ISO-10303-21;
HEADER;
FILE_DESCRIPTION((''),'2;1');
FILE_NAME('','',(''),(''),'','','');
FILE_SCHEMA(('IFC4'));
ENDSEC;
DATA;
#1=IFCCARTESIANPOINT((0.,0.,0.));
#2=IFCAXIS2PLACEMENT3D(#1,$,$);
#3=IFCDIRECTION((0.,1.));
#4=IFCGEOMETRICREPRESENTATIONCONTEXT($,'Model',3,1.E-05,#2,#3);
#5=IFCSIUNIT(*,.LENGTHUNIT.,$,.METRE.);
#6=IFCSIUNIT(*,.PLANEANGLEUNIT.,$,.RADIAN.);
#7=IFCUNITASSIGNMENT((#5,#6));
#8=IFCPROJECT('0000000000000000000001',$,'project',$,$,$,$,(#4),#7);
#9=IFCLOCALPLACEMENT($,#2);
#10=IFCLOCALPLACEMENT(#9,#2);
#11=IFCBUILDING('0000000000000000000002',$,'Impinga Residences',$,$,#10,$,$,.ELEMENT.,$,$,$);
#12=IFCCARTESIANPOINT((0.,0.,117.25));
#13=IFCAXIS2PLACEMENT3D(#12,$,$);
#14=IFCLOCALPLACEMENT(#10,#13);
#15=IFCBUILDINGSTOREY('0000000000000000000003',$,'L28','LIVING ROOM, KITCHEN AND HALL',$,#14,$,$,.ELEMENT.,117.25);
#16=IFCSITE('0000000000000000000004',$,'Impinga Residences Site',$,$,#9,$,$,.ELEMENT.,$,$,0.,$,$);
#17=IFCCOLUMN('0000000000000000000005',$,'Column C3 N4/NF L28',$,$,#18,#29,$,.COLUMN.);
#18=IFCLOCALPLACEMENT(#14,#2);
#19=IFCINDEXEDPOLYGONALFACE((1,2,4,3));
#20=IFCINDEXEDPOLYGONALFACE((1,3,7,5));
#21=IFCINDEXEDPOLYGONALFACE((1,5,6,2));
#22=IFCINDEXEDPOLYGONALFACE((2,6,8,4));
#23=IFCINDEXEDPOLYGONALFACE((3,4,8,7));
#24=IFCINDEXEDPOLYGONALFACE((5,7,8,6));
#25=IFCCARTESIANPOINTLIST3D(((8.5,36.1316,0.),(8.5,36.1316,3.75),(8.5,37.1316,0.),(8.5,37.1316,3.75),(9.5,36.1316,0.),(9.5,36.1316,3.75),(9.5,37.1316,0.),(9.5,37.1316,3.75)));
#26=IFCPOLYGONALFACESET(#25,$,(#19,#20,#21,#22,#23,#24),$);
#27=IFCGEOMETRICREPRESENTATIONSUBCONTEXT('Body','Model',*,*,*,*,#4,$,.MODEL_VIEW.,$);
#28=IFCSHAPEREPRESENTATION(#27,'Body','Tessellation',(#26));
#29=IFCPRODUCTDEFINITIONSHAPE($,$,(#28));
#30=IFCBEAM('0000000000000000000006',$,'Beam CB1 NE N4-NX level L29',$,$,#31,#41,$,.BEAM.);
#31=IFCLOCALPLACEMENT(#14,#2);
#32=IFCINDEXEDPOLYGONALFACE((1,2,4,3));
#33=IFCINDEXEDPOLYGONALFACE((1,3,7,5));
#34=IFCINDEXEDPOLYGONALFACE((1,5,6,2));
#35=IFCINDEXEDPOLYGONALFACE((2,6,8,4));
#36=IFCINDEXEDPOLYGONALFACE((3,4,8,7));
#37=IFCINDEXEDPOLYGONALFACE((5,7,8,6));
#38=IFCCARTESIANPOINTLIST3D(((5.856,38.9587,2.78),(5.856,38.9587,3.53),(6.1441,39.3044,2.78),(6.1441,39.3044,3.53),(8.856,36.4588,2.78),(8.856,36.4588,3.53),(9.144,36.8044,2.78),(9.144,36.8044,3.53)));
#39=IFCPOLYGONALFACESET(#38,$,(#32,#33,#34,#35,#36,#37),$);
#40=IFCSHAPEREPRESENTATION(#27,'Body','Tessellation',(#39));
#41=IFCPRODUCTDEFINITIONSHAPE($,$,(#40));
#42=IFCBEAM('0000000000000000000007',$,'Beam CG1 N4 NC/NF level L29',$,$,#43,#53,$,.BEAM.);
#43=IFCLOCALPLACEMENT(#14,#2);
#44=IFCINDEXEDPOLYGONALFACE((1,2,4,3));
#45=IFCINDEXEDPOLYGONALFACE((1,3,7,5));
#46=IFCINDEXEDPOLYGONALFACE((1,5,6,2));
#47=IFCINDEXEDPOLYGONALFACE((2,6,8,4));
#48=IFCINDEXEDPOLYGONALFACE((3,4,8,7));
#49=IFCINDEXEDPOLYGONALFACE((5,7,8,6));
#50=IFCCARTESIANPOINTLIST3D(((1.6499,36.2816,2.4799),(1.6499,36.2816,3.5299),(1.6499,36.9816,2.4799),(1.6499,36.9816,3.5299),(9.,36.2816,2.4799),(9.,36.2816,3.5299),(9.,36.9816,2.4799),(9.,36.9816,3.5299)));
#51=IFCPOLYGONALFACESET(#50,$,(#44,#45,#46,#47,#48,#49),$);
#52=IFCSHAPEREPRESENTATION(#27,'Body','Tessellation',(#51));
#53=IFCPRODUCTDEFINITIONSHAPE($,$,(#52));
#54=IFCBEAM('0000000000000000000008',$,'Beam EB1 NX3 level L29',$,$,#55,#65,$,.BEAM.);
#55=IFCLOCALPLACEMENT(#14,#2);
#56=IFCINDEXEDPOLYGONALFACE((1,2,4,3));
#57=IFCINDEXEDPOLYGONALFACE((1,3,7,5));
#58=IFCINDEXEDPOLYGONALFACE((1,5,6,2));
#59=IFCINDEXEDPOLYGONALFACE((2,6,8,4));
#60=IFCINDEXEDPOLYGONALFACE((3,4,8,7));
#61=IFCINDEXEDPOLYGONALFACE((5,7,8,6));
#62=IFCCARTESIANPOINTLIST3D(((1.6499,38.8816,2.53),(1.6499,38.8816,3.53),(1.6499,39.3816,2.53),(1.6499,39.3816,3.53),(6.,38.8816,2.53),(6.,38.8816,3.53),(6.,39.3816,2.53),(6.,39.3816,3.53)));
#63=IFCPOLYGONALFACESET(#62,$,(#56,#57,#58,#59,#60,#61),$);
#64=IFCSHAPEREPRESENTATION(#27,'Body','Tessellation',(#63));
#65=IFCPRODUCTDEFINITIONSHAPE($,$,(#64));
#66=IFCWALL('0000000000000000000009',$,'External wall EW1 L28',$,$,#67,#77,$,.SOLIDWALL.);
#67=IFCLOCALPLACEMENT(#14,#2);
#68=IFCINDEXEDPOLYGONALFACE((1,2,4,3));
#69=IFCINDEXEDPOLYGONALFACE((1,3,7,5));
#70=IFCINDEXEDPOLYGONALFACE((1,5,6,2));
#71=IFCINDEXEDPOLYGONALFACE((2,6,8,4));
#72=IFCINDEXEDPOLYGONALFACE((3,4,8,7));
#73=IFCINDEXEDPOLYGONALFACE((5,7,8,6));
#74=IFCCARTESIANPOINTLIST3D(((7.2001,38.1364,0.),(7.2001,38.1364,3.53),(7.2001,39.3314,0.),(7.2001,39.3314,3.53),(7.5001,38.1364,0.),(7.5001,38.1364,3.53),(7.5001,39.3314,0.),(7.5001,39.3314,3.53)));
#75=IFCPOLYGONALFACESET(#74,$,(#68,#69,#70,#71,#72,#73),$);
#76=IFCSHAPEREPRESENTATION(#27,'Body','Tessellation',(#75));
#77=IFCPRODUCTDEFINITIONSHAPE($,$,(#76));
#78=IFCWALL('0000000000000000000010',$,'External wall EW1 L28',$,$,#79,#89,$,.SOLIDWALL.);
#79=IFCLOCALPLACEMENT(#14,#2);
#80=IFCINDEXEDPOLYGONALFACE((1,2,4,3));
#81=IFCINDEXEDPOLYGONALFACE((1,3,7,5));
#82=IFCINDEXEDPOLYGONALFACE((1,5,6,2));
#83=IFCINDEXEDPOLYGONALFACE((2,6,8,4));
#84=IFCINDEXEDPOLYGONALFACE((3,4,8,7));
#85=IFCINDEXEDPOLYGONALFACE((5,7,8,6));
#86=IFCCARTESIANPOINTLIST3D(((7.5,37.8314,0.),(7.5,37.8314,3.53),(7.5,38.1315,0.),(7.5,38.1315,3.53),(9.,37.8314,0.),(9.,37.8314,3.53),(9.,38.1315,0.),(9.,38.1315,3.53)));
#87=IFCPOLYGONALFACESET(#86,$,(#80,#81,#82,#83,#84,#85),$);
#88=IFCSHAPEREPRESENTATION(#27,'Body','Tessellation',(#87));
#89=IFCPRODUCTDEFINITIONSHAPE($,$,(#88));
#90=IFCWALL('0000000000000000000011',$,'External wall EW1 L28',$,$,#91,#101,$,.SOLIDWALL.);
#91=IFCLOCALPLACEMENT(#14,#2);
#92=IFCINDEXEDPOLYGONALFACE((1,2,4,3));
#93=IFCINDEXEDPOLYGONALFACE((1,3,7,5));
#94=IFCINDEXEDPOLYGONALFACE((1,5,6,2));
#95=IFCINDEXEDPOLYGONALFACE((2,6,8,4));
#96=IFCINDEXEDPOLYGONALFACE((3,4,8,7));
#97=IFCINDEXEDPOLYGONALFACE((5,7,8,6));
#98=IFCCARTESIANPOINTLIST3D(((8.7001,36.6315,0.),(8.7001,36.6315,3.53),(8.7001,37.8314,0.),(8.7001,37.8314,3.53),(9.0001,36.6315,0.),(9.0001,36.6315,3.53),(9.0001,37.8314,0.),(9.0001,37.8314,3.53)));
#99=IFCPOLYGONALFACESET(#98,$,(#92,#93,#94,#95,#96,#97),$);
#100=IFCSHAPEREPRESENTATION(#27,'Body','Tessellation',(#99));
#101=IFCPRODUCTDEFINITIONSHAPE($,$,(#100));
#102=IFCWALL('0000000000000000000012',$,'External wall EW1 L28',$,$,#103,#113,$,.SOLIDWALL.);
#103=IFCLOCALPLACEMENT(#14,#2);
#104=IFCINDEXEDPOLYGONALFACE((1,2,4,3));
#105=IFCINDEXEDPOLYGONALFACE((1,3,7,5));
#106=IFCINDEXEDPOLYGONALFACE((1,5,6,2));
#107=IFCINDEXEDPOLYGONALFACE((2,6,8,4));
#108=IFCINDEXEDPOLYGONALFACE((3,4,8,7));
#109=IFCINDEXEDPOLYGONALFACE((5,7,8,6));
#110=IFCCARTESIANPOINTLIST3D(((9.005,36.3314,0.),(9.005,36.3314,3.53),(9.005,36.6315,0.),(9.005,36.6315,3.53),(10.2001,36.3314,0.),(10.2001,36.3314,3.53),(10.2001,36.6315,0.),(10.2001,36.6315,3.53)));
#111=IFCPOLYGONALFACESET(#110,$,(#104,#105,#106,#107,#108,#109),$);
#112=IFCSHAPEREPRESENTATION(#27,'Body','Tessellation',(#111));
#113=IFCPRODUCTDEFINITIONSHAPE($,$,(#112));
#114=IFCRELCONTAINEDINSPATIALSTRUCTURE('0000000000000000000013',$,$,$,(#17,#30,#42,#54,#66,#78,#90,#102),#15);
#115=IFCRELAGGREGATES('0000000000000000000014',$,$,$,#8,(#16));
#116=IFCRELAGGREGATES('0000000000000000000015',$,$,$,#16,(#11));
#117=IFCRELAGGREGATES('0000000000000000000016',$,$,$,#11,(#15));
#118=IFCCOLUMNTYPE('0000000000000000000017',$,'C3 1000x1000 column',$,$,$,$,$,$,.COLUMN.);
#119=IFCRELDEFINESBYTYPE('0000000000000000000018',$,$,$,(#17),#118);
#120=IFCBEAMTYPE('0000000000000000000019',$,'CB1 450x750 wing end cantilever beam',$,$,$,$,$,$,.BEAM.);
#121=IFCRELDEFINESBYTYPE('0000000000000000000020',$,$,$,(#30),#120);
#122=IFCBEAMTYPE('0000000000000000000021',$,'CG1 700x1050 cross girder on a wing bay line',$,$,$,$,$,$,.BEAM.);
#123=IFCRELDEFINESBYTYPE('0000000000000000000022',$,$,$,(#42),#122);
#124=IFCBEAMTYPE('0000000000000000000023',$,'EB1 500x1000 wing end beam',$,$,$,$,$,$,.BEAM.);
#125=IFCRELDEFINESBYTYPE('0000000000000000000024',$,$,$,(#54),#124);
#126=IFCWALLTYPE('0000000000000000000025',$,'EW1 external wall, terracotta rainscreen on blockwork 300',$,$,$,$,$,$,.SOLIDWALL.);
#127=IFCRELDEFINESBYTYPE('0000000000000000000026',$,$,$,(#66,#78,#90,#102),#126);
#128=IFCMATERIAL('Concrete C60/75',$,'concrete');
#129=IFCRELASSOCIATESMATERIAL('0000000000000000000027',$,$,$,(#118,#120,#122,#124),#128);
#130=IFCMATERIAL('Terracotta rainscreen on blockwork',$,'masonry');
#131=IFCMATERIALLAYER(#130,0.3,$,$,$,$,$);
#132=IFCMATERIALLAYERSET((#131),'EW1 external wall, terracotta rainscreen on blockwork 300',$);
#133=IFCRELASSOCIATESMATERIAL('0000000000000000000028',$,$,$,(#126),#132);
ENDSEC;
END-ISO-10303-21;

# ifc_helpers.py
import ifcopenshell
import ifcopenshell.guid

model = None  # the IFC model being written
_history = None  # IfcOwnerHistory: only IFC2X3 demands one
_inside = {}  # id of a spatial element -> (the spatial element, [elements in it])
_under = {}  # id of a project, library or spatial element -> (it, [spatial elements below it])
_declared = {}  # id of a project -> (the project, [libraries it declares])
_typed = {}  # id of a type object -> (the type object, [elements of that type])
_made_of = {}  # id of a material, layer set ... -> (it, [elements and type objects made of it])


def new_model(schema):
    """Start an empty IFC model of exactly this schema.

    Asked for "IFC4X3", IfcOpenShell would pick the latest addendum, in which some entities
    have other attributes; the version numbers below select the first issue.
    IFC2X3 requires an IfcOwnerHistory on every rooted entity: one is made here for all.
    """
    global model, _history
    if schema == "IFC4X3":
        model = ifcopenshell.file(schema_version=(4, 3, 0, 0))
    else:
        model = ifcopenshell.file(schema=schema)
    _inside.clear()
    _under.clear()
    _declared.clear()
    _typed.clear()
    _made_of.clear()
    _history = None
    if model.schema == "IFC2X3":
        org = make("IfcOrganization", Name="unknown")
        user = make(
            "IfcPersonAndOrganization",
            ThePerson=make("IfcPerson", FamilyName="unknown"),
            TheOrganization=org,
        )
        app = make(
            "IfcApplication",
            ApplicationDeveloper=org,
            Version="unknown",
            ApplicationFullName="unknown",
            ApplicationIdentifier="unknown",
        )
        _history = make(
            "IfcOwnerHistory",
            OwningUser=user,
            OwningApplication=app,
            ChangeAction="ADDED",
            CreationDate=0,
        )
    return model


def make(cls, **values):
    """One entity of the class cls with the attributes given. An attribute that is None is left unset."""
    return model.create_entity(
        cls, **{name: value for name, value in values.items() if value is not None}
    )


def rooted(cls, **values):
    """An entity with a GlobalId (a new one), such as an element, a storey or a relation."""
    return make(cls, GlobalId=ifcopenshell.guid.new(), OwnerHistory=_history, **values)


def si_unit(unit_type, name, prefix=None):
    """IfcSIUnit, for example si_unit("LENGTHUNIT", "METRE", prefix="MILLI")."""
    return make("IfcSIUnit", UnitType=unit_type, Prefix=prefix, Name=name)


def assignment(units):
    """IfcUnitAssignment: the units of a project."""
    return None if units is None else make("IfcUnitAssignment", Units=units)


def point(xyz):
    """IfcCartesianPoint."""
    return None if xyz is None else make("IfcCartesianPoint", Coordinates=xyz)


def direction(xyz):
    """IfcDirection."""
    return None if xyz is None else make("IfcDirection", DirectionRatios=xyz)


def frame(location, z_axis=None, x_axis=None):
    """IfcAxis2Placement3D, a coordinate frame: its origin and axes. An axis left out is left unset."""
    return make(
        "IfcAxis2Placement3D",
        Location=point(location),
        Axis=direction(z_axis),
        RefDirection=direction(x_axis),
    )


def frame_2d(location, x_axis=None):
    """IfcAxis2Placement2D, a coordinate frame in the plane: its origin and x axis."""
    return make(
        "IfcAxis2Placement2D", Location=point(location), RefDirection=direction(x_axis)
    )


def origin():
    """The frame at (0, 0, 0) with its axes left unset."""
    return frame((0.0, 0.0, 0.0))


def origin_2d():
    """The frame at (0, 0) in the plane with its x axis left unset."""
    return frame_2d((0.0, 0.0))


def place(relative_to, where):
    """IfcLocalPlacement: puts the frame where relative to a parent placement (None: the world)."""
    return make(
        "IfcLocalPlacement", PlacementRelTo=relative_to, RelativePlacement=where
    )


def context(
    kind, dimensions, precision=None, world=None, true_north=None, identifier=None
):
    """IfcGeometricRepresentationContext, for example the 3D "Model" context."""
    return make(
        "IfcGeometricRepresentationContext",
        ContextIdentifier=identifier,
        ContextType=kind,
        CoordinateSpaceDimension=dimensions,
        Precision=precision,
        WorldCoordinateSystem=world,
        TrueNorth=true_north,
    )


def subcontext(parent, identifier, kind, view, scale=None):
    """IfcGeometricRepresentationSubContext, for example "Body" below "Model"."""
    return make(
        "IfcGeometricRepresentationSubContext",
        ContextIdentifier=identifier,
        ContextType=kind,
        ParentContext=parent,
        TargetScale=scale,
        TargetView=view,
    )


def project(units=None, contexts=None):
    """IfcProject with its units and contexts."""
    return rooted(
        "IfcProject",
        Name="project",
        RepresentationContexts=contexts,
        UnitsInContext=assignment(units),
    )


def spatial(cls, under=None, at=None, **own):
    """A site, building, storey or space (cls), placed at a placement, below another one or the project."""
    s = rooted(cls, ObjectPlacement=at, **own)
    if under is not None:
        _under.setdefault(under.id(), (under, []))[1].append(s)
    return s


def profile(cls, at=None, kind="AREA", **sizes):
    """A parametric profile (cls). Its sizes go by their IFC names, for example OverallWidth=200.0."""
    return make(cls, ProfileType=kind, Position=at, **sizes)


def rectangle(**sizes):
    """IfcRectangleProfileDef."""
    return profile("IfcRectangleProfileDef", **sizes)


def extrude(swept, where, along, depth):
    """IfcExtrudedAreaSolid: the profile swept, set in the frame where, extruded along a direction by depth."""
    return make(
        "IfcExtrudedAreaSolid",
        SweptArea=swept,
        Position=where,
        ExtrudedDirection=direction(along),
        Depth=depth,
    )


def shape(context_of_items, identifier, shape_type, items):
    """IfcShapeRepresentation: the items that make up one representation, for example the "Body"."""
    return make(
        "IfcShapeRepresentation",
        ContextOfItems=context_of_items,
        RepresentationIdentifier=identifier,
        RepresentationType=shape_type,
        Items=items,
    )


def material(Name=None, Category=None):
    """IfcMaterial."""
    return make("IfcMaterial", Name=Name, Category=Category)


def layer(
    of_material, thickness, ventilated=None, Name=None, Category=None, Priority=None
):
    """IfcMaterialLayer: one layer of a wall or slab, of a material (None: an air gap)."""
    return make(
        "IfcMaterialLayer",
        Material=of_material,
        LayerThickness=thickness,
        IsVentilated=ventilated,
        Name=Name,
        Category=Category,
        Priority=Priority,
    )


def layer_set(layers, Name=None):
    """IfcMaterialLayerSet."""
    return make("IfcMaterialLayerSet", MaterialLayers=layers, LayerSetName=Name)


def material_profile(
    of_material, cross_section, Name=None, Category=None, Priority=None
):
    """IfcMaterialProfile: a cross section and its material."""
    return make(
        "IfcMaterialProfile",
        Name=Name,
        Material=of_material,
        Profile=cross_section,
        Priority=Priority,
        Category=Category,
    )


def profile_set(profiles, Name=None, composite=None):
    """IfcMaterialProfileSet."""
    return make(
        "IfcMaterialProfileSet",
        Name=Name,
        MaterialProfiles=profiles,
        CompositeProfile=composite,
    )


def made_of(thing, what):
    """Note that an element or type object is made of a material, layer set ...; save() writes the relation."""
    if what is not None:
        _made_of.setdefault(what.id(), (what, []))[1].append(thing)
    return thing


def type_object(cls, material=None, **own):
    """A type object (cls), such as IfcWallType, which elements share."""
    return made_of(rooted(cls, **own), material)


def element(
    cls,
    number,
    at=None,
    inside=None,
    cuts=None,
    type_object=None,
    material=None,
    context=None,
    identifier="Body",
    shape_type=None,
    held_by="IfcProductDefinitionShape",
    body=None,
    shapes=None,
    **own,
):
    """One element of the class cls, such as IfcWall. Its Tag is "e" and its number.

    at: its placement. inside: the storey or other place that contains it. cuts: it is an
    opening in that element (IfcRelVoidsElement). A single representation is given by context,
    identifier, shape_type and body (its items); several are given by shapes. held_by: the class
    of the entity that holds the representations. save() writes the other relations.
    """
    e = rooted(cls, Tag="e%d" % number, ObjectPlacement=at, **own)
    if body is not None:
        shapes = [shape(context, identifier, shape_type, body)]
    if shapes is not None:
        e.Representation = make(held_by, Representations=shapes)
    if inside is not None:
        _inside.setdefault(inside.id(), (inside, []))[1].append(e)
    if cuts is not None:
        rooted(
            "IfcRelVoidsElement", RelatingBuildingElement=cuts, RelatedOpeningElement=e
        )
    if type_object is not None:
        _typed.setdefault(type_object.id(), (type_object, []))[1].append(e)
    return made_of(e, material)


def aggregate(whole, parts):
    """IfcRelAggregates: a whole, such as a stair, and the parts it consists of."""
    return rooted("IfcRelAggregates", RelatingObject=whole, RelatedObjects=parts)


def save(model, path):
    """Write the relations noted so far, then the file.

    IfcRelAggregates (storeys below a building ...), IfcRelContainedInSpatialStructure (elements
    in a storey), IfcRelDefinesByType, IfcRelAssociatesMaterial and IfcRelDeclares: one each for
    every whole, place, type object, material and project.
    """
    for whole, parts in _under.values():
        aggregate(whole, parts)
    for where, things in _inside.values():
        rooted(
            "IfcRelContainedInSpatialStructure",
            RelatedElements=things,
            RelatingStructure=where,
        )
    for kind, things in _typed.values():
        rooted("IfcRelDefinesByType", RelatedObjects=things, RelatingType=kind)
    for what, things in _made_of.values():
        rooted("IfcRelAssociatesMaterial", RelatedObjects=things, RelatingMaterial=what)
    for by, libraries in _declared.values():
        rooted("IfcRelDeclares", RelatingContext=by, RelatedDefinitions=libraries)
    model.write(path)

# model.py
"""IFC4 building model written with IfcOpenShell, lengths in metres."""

from ifc_helpers import new_model, si_unit, direction, frame, frame_2d, origin, origin_2d, place, context, subcontext, project, spatial, rectangle, extrude, material, layer, layer_set, material_profile, profile_set, type_object, element, save


model = new_model("IFC4")

# Units and contexts
model_context = context("Model", 3, precision=1e-05, world=origin(), true_north=direction((0.0, 1.0)))
body_context = subcontext(model_context, "Body", "Model", "MODEL_VIEW")
ifc_project = project(units=[si_unit("LENGTHUNIT", "METRE"), si_unit("PLANEANGLEUNIT", "RADIAN")], contexts=[model_context])

# Site, building, storey
site_placement = place(None, origin())
site = spatial("IfcSite", under=ifc_project, at=site_placement, Name="Impinga Residences Site", CompositionType="ELEMENT", RefElevation=0.0)
building_placement = place(site_placement, origin())
building = spatial("IfcBuilding", under=site, at=building_placement, Name="Impinga Residences", CompositionType="ELEMENT")
storey_placement = place(building_placement, frame((0.0, 0.0, 117.25)))
storey = spatial("IfcBuildingStorey", under=building, at=storey_placement, Name="L28", Description="LIVING ROOM, KITCHEN AND HALL", CompositionType="ELEMENT", Elevation=117.25)

# Column
ifc_material_1 = material(Name="Concrete C60/75", Category="concrete")
ifc_material_profile_1 = material_profile(ifc_material_1, rectangle(XDim=1.0, YDim=1.0, at=origin_2d()), Name="RC 1000x1000")
ifc_profile_set_1 = profile_set([ifc_material_profile_1], Name="Concrete C60/75")
column_type = type_object("IfcColumnType", Name="C3 1000x1000 column", PredefinedType="COLUMN", material=ifc_profile_set_1)
column_placement = place(storey_placement, frame((9.0, 36.6316, 0.0), z_axis=(0.0, 0.0, 1.0), x_axis=(1.0, 0.0, 0.0)))
element("IfcColumn", 1, at=column_placement, inside=storey, type_object=column_type, Name="Column C3 N4/NF L28", PredefinedType="COLUMN", context=body_context, shape_type="SweptSolid", body=[
    extrude(rectangle(XDim=1.0, YDim=1.0, at=origin_2d()), origin(), (0.0, 0.0, 1.0), 3.75),
])

# Beams
ifc_material_profile_2 = material_profile(ifc_material_1, rectangle(XDim=0.45, YDim=0.75, at=origin_2d()), Name="RC 450x750")
ifc_profile_set_2 = profile_set([ifc_material_profile_2], Name="Concrete C60/75")
beam_type_1 = type_object("IfcBeamType", Name="CB1 450x750 wing end cantilever beam", PredefinedType="BEAM", material=ifc_profile_set_2)
beam_1_placement = place(storey_placement, frame((9.0, 36.6316, 3.155), z_axis=(-0.768221, 0.640184, 0.0), x_axis=(-0.640184, -0.768221, 0.0)))
element("IfcBeam", 2, at=beam_1_placement, inside=storey, type_object=beam_type_1, Name="Beam CB1 NE N4-NX level L29", PredefinedType="BEAM", context=body_context, shape_type="SweptSolid", body=[
    extrude(rectangle(XDim=0.45, YDim=0.75, at=origin_2d()), origin(), (0.0, 0.0, 1.0), 3.905),
])
ifc_material_profile_3 = material_profile(ifc_material_1, rectangle(XDim=0.7, YDim=1.05, at=origin_2d()), Name="RC 700x1050")
ifc_profile_set_3 = profile_set([ifc_material_profile_3], Name="Concrete C60/75")
beam_type_2 = type_object("IfcBeamType", Name="CG1 700x1050 cross girder on a wing bay line", PredefinedType="BEAM", material=ifc_profile_set_3)
beam_2_placement = place(storey_placement, frame((1.6499, 36.6316, 3.0049), z_axis=(1.0, 0.0, 0.0), x_axis=(0.0, 1.0, 0.0)))
element("IfcBeam", 3, at=beam_2_placement, inside=storey, type_object=beam_type_2, Name="Beam CG1 N4 NC/NF level L29", PredefinedType="BEAM", context=body_context, shape_type="SweptSolid", body=[
    extrude(rectangle(XDim=0.7, YDim=1.05, at=origin_2d()), origin(), (0.0, 0.0, 1.0), 7.3501),
])
ifc_material_profile_4 = material_profile(ifc_material_1, rectangle(XDim=0.5, YDim=1.0, at=origin_2d()), Name="RC 500x1000")
ifc_profile_set_4 = profile_set([ifc_material_profile_4], Name="Concrete C60/75")
beam_type_3 = type_object("IfcBeamType", Name="EB1 500x1000 wing end beam", PredefinedType="BEAM", material=ifc_profile_set_4)
beam_3_placement = place(storey_placement, frame((1.6499, 39.1316, 3.03), z_axis=(1.0, 0.0, 0.0), x_axis=(0.0, 1.0, 0.0)))
element("IfcBeam", 4, at=beam_3_placement, inside=storey, type_object=beam_type_3, Name="Beam EB1 NX3 level L29", PredefinedType="BEAM", context=body_context, shape_type="SweptSolid", body=[
    extrude(rectangle(XDim=0.5, YDim=1.0, at=origin_2d()), origin(), (0.0, 0.0, 1.0), 4.3501),
])

# Walls
ifc_material_2 = material(Name="Terracotta rainscreen on blockwork", Category="masonry")
ifc_layer_1 = layer(ifc_material_2, 0.3)
ifc_layer_set_1 = layer_set([ifc_layer_1], Name="EW1 external wall, terracotta rainscreen on blockwork 300")
wall_type_1 = type_object("IfcWallType", Name="EW1 external wall, terracotta rainscreen on blockwork 300", PredefinedType="SOLIDWALL", material=ifc_layer_set_1)
wall_1_placement = place(storey_placement, frame((7.3501, 39.3315, 0.0), z_axis=(0.0, 0.0, 1.0), x_axis=(0.0, -1.0, 0.0)))
element("IfcWall", 5, at=wall_1_placement, inside=storey, type_object=wall_type_1, Name="External wall EW1 L28", PredefinedType="SOLIDWALL", context=body_context, shape_type="SweptSolid", body=[
    extrude(rectangle(XDim=1.1951, YDim=0.3, at=frame_2d((0.5977, 0.0))), origin(), (0.0, 0.0, 1.0), 3.53),
])
wall_2_placement = place(storey_placement, frame((7.5, 37.9814, 0.0), z_axis=(0.0, 0.0, 1.0), x_axis=(1.0, 0.0, 0.0)))
element("IfcWall", 6, at=wall_2_placement, inside=storey, type_object=wall_type_1, Name="External wall EW1 L28", PredefinedType="SOLIDWALL", context=body_context, shape_type="SweptSolid", body=[
    extrude(rectangle(XDim=1.5, YDim=0.3, at=frame_2d((0.75, 0.0))), origin(), (0.0, 0.0, 1.0), 3.53),
])
wall_3_placement = place(storey_placement, frame((8.8501, 37.8315, 0.0), z_axis=(0.0, 0.0, 1.0), x_axis=(0.0, -1.0, 0.0)))
element("IfcWall", 7, at=wall_3_placement, inside=storey, type_object=wall_type_1, Name="External wall EW1 L28", PredefinedType="SOLIDWALL", context=body_context, shape_type="SweptSolid", body=[
    extrude(rectangle(XDim=1.2, YDim=0.3, at=frame_2d((0.6001, 0.0))), origin(), (0.0, 0.0, 1.0), 3.53),
])
wall_4_placement = place(storey_placement, frame((9.0049, 36.4814, 0.0), z_axis=(0.0, 0.0, 1.0), x_axis=(1.0, 0.0, 0.0)))
element("IfcWall", 8, at=wall_4_placement, inside=storey, type_object=wall_type_1, Name="External wall EW1 L28", PredefinedType="SOLIDWALL", context=body_context, shape_type="SweptSolid", body=[
    extrude(rectangle(XDim=1.1951, YDim=0.3, at=frame_2d((0.5977, 0.0))), origin(), (0.0, 0.0, 1.0), 3.53),
])

save(model, "model.ifc")
